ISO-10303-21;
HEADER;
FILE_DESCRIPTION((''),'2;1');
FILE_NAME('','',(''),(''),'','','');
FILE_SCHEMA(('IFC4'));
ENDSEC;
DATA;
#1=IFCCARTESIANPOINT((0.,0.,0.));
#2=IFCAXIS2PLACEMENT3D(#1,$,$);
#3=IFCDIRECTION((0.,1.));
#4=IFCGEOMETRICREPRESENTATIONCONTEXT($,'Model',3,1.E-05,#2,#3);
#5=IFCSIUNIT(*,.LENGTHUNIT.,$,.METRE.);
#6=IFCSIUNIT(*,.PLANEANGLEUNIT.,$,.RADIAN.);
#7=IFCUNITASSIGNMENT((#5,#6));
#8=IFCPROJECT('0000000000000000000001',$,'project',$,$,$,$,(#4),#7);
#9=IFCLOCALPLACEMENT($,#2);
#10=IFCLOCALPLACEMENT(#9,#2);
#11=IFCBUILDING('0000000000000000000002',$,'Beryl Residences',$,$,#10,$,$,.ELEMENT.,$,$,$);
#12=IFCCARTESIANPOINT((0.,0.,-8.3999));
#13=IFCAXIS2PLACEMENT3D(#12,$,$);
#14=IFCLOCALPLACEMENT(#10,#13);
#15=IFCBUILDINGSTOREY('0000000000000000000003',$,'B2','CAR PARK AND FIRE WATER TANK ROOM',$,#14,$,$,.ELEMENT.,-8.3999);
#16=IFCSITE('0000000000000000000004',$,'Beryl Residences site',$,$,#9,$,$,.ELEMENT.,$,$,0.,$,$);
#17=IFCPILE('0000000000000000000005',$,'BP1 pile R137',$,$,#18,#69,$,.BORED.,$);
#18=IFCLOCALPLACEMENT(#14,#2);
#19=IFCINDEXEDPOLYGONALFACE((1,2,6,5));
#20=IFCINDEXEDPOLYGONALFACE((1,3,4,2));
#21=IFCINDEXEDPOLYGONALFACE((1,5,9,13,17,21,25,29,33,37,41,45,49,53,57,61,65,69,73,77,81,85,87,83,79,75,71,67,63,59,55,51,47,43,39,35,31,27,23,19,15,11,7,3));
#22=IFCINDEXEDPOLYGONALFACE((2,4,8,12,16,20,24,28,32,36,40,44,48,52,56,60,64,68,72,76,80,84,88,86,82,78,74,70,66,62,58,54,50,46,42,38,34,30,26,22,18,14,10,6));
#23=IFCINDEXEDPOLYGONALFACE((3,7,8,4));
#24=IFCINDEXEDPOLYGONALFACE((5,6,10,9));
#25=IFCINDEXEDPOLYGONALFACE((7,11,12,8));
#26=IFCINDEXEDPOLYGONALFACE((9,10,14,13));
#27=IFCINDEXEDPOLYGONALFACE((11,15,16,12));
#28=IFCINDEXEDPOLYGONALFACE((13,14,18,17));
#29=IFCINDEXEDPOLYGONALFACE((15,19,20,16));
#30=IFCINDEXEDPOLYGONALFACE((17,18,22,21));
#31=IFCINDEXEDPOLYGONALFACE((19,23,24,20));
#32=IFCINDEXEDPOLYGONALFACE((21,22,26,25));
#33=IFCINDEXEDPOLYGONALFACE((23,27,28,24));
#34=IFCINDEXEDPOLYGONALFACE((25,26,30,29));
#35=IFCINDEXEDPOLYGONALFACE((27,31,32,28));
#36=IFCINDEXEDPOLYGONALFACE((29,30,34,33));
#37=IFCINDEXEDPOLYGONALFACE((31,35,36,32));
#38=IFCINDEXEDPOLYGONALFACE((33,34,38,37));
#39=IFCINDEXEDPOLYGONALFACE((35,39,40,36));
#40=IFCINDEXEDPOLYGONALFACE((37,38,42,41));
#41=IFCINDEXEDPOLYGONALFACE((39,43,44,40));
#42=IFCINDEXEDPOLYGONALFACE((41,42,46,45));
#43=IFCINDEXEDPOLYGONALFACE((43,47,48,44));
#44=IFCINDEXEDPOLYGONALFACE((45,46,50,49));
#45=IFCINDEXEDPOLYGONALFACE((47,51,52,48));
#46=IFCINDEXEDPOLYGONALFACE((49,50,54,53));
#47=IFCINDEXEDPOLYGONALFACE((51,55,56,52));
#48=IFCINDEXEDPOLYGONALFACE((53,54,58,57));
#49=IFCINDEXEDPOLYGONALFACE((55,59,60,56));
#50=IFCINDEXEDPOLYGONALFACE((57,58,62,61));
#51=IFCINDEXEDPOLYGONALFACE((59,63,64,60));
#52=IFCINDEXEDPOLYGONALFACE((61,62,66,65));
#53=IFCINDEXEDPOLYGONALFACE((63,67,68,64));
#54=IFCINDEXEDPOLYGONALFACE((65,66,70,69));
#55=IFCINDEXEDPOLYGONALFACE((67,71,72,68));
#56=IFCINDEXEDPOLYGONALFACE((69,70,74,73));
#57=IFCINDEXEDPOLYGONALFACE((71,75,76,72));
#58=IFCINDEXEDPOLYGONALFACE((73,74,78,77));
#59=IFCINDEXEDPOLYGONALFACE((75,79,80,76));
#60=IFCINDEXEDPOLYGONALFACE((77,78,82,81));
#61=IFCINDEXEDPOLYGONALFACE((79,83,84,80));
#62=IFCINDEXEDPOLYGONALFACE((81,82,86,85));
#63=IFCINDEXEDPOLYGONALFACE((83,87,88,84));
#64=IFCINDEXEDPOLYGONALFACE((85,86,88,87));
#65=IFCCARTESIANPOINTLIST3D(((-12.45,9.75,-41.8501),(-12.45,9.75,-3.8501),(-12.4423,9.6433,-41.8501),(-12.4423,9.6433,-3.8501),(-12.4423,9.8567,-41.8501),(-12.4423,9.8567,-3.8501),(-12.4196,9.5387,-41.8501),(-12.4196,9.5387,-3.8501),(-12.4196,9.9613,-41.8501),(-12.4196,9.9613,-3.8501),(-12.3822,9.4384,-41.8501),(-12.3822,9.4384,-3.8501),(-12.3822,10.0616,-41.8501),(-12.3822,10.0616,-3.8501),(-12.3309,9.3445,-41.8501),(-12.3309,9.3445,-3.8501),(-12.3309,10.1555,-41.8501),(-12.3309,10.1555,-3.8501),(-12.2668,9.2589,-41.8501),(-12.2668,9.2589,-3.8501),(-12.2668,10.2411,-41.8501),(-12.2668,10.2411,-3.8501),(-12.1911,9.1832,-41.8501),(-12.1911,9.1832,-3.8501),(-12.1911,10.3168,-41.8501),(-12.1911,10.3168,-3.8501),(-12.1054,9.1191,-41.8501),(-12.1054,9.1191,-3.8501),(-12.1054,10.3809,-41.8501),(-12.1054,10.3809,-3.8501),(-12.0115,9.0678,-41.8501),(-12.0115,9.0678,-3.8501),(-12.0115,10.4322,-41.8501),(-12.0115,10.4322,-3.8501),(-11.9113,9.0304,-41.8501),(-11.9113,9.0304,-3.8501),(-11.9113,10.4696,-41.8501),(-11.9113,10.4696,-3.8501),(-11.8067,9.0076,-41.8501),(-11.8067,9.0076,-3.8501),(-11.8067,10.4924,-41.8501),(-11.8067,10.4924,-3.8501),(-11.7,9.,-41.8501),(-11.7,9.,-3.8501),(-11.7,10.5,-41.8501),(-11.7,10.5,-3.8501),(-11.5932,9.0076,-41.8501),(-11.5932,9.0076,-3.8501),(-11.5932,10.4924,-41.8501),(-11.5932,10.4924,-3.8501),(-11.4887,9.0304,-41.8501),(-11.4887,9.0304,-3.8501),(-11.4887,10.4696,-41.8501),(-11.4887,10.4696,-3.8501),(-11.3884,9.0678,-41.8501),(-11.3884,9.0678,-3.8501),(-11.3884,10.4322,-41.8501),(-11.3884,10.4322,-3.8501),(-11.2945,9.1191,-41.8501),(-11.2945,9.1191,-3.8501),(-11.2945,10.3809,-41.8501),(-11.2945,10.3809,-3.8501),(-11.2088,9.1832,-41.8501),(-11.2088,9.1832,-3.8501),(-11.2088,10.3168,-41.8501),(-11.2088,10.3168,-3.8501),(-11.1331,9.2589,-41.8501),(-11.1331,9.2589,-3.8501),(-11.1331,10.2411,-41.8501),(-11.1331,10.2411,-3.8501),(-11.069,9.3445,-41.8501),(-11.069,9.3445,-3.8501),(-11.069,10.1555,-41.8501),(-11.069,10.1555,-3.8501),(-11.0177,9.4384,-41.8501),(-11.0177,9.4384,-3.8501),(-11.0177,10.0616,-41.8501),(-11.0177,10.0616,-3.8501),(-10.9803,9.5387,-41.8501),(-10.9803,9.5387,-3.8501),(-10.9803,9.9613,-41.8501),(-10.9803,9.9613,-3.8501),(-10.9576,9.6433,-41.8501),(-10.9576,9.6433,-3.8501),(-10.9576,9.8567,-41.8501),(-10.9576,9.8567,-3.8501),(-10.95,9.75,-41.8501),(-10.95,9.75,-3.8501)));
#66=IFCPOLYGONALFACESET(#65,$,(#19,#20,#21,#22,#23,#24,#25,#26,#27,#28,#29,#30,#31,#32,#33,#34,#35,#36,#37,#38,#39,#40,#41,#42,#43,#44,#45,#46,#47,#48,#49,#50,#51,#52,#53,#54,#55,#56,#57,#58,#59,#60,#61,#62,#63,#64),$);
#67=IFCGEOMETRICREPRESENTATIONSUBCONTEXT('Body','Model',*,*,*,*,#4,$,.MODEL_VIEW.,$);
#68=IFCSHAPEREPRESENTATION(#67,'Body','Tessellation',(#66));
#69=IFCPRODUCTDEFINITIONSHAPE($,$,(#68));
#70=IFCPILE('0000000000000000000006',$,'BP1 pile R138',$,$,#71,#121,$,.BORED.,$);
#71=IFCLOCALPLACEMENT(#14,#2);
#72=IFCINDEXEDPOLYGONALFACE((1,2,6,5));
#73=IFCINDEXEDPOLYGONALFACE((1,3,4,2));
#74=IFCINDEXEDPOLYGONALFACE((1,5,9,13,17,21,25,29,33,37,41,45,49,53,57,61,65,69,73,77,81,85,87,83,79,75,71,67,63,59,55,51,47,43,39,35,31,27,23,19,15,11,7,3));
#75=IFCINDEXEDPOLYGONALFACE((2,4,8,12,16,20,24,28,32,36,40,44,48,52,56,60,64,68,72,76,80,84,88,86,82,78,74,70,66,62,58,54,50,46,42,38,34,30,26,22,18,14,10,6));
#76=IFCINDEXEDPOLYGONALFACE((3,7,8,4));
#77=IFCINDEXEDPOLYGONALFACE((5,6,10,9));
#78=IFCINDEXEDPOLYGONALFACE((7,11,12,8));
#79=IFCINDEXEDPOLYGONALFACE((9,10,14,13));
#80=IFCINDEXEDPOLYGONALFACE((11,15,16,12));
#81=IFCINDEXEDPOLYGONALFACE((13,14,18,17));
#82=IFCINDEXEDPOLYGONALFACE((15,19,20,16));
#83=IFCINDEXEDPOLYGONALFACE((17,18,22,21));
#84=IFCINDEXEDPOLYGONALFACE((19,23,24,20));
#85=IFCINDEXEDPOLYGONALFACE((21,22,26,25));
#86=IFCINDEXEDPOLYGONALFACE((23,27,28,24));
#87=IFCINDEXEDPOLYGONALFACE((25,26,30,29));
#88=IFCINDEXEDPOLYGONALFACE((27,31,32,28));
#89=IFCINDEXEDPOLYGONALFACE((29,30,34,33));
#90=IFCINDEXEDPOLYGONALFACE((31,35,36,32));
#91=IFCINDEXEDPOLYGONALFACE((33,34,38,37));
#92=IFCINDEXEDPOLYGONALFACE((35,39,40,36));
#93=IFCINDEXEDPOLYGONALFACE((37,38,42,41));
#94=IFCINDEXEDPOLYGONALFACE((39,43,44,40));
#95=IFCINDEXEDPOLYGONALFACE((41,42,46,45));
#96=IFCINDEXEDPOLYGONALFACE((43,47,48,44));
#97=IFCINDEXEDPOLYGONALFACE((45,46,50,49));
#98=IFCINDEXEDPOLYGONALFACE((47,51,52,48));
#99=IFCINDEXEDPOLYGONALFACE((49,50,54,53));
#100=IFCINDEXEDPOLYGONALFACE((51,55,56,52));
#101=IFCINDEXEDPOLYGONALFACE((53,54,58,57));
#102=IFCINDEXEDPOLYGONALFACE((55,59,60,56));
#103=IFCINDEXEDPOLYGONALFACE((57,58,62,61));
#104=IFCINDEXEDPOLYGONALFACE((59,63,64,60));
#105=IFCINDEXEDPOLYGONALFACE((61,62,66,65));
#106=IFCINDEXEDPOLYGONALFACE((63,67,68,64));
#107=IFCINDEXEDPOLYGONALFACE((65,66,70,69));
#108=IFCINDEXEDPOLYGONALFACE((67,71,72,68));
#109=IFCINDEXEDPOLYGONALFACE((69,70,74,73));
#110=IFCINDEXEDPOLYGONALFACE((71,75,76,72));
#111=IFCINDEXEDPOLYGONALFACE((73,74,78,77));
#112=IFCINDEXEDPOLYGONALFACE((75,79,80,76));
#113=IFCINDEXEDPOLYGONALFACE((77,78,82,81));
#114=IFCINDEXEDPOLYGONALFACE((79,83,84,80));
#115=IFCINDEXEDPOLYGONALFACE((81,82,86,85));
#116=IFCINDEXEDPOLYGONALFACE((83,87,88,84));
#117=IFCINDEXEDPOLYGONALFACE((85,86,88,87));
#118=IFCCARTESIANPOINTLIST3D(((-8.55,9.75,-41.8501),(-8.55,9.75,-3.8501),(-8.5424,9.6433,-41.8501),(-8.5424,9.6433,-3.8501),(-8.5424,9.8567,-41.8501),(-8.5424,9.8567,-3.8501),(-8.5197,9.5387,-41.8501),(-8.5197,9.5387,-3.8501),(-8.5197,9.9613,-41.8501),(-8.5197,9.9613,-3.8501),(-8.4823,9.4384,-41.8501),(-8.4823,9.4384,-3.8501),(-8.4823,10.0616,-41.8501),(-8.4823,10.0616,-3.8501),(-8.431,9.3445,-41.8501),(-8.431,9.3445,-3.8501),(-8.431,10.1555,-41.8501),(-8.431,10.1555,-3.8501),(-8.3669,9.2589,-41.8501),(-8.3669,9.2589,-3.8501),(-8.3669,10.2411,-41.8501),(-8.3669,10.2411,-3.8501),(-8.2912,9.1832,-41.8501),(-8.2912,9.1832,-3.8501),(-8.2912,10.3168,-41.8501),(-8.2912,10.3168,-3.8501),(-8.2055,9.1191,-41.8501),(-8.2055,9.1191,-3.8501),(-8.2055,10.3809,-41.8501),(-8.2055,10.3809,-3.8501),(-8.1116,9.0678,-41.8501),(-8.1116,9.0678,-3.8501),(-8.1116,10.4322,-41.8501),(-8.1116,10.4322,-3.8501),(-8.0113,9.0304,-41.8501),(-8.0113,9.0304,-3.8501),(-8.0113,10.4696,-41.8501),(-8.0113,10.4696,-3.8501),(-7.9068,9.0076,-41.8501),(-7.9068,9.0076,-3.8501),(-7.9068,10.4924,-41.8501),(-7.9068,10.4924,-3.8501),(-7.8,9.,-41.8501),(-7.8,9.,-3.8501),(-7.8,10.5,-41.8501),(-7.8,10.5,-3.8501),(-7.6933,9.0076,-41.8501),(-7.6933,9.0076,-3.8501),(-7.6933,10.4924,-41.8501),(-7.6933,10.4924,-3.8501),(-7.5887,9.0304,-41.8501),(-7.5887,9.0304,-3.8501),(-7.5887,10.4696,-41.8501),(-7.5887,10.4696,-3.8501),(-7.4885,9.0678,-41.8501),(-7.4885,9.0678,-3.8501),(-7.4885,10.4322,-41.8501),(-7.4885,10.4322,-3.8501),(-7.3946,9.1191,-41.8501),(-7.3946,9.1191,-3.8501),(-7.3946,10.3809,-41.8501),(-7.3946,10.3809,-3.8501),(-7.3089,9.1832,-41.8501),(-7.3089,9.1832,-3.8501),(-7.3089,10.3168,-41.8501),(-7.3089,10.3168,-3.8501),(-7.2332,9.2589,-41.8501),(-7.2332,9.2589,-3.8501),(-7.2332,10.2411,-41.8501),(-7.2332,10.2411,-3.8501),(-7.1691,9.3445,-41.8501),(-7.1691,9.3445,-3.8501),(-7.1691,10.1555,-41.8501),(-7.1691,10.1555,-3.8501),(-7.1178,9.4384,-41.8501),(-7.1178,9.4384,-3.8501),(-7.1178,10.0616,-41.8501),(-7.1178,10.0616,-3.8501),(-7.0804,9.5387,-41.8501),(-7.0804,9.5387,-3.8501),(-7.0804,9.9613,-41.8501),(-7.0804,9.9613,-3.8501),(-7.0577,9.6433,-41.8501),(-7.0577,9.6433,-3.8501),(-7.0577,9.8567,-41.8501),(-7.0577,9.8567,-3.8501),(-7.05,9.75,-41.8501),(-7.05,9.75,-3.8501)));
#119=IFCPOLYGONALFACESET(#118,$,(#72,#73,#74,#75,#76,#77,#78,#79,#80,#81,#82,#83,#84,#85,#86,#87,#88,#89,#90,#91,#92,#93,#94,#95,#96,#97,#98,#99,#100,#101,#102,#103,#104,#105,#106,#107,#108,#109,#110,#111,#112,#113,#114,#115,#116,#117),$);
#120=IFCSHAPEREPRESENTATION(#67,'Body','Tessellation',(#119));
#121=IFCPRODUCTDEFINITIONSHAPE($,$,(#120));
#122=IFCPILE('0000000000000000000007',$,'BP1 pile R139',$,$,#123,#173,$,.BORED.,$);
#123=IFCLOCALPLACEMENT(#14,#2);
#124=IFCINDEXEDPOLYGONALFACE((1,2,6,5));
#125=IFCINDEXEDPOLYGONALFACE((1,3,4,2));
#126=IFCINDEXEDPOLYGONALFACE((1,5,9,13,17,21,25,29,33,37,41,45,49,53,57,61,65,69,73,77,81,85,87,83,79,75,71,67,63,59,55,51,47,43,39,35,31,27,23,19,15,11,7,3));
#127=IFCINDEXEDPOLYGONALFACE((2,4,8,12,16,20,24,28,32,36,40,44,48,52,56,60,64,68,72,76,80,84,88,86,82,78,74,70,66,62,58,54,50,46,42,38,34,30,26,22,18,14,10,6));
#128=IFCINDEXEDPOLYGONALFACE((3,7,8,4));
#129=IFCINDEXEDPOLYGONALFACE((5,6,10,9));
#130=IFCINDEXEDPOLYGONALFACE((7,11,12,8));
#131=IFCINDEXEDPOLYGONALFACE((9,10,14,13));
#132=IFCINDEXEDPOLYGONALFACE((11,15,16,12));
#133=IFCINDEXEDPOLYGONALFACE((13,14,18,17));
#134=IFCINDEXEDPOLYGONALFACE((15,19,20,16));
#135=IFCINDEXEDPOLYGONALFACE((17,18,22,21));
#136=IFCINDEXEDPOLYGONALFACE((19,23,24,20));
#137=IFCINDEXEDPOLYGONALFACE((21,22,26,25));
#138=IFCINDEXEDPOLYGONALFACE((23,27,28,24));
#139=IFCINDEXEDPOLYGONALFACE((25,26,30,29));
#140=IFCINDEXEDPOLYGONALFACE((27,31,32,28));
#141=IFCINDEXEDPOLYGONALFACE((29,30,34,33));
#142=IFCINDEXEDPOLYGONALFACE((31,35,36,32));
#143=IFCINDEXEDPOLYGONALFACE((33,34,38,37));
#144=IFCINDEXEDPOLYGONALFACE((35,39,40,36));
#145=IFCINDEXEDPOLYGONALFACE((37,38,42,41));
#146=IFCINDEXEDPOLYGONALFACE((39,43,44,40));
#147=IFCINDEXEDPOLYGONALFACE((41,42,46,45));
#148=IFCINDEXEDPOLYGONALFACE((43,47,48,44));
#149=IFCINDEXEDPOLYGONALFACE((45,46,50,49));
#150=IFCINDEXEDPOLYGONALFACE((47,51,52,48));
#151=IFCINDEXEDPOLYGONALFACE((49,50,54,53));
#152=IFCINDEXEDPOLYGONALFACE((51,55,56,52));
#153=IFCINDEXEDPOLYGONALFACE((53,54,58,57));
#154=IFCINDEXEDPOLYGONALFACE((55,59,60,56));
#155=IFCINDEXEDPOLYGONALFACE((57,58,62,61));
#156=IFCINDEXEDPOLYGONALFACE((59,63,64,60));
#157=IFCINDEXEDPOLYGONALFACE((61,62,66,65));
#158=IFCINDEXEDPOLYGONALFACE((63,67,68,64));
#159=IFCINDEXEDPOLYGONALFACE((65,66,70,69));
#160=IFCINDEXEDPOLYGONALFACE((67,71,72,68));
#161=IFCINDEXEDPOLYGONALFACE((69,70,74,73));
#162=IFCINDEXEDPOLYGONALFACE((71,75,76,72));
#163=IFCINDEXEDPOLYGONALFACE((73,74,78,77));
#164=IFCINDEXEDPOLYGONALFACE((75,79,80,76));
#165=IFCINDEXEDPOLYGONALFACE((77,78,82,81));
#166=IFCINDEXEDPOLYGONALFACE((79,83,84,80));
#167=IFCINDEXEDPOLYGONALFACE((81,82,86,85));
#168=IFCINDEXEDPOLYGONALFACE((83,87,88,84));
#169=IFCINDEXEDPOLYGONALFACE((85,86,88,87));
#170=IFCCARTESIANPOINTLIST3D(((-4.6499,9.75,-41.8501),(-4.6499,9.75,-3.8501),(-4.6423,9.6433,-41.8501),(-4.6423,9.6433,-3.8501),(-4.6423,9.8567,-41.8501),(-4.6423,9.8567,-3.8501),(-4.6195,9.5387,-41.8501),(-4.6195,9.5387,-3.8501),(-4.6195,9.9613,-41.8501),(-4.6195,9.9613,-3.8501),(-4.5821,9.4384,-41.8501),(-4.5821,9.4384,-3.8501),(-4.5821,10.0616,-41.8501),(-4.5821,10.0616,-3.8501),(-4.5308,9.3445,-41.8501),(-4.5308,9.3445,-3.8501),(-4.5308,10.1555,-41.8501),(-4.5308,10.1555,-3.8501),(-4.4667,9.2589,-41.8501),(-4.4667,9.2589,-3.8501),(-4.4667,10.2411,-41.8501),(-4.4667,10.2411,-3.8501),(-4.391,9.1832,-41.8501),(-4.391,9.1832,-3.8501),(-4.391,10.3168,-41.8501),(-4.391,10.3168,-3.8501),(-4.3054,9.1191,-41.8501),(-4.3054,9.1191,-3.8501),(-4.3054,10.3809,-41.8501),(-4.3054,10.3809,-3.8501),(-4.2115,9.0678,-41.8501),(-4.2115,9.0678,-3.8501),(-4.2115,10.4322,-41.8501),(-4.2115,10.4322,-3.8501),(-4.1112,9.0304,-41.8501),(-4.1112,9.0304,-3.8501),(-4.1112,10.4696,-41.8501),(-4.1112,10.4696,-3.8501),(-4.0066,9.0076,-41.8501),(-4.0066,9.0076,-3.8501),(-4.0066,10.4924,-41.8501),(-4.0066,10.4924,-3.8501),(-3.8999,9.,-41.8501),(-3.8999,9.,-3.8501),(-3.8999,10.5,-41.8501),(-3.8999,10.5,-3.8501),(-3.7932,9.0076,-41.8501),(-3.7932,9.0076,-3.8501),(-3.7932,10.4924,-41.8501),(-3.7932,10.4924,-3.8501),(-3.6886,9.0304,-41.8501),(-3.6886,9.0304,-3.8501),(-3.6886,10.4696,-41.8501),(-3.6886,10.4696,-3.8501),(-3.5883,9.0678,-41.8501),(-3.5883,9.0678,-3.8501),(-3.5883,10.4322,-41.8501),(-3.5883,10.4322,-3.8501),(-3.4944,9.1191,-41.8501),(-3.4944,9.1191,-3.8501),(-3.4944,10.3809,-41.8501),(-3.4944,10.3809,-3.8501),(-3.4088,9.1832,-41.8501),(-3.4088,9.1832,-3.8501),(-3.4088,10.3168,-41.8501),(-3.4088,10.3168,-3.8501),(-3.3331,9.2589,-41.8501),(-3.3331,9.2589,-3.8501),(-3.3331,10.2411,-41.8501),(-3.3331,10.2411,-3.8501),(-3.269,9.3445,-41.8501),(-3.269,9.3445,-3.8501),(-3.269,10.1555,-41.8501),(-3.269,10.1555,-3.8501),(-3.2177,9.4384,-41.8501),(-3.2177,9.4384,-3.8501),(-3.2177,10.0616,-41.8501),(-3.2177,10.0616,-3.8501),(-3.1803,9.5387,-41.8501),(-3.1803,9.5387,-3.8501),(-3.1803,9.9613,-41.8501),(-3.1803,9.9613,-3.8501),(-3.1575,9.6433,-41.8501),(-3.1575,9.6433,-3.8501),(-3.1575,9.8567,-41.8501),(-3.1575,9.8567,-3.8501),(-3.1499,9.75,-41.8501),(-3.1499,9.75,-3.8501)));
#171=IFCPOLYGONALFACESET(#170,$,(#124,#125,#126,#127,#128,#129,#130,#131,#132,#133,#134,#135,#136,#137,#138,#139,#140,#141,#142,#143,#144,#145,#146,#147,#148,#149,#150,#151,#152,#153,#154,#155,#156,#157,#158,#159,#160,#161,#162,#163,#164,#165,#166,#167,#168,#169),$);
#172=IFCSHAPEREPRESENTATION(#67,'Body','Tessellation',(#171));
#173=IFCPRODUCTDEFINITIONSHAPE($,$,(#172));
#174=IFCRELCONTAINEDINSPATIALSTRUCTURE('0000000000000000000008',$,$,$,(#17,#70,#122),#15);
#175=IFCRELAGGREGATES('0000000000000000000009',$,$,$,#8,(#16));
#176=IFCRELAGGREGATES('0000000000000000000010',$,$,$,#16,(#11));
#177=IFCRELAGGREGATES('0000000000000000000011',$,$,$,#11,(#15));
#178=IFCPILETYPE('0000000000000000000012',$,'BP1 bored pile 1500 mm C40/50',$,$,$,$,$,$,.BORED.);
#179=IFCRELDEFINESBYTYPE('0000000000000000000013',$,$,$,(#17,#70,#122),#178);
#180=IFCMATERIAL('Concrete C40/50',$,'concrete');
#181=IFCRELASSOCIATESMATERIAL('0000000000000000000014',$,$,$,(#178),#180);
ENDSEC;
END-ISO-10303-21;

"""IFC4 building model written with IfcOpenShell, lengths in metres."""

from ifc_helpers import new_model, si_unit, direction, frame, origin, origin_2d, place, context, subcontext, project, spatial, circle, extrude, material, material_profile, profile_set, type_object, element, save


model = new_model("IFC4")

# Units and contexts
model_context = context("Model", 3, precision=1e-05, world=origin(), true_north=direction((0.0, 1.0)))
body_context = subcontext(model_context, "Body", "Model", "MODEL_VIEW")
ifc_project = project(units=[si_unit("LENGTHUNIT", "METRE"), si_unit("PLANEANGLEUNIT", "RADIAN")], contexts=[model_context])

# Site, building, storey
site_placement = place(None, origin())
site = spatial("IfcSite", under=ifc_project, at=site_placement, Name="Beryl Residences site", CompositionType="ELEMENT", RefElevation=0.0)
building_placement = place(site_placement, origin())
building = spatial("IfcBuilding", under=site, at=building_placement, Name="Beryl Residences", CompositionType="ELEMENT")
storey_placement = place(building_placement, frame((0.0, 0.0, -8.3999)))
storey = spatial("IfcBuildingStorey", under=building, at=storey_placement, Name="B2", Description="CAR PARK AND FIRE WATER TANK ROOM", CompositionType="ELEMENT", Elevation=-8.3999)

# Piles
ifc_material_1 = material(Name="Concrete C40/50", Category="concrete")
ifc_material_profile_1 = material_profile(ifc_material_1, circle(Radius=0.75, at=origin_2d()))
ifc_profile_set_1 = profile_set([ifc_material_profile_1], Name="Concrete C40/50")
pile_type = type_object("IfcPileType", Name="BP1 bored pile 1500 mm C40/50", PredefinedType="BORED", material=ifc_profile_set_1)
for number, where, z_axis, x_axis, name in (
    (1, (-11.7, 9.75, -3.8501), (0.0, 0.0, -1.0), (1.0, 0.0, 0.0), "BP1 pile R137"),
    (2, (-7.8, 9.75, -3.8501), (0.0, 0.0, -1.0), (1.0, 0.0, 0.0), "BP1 pile R138"),
    (3, (-3.8999, 9.75, -3.8501), (0.0, 0.0, -1.0), (1.0, 0.0, 0.0), "BP1 pile R139"),
):
    element("IfcPile", number, at=place(storey_placement, frame(where, z_axis=z_axis, x_axis=x_axis)), inside=storey, type_object=pile_type, Name=name, PredefinedType="BORED", context=body_context, shape_type="SweptSolid", body=[
        extrude(circle(Radius=0.75, at=origin_2d()), origin(), (0.0, 0.0, 1.0), 38.0),
    ])

save(model, "model.ifc")
